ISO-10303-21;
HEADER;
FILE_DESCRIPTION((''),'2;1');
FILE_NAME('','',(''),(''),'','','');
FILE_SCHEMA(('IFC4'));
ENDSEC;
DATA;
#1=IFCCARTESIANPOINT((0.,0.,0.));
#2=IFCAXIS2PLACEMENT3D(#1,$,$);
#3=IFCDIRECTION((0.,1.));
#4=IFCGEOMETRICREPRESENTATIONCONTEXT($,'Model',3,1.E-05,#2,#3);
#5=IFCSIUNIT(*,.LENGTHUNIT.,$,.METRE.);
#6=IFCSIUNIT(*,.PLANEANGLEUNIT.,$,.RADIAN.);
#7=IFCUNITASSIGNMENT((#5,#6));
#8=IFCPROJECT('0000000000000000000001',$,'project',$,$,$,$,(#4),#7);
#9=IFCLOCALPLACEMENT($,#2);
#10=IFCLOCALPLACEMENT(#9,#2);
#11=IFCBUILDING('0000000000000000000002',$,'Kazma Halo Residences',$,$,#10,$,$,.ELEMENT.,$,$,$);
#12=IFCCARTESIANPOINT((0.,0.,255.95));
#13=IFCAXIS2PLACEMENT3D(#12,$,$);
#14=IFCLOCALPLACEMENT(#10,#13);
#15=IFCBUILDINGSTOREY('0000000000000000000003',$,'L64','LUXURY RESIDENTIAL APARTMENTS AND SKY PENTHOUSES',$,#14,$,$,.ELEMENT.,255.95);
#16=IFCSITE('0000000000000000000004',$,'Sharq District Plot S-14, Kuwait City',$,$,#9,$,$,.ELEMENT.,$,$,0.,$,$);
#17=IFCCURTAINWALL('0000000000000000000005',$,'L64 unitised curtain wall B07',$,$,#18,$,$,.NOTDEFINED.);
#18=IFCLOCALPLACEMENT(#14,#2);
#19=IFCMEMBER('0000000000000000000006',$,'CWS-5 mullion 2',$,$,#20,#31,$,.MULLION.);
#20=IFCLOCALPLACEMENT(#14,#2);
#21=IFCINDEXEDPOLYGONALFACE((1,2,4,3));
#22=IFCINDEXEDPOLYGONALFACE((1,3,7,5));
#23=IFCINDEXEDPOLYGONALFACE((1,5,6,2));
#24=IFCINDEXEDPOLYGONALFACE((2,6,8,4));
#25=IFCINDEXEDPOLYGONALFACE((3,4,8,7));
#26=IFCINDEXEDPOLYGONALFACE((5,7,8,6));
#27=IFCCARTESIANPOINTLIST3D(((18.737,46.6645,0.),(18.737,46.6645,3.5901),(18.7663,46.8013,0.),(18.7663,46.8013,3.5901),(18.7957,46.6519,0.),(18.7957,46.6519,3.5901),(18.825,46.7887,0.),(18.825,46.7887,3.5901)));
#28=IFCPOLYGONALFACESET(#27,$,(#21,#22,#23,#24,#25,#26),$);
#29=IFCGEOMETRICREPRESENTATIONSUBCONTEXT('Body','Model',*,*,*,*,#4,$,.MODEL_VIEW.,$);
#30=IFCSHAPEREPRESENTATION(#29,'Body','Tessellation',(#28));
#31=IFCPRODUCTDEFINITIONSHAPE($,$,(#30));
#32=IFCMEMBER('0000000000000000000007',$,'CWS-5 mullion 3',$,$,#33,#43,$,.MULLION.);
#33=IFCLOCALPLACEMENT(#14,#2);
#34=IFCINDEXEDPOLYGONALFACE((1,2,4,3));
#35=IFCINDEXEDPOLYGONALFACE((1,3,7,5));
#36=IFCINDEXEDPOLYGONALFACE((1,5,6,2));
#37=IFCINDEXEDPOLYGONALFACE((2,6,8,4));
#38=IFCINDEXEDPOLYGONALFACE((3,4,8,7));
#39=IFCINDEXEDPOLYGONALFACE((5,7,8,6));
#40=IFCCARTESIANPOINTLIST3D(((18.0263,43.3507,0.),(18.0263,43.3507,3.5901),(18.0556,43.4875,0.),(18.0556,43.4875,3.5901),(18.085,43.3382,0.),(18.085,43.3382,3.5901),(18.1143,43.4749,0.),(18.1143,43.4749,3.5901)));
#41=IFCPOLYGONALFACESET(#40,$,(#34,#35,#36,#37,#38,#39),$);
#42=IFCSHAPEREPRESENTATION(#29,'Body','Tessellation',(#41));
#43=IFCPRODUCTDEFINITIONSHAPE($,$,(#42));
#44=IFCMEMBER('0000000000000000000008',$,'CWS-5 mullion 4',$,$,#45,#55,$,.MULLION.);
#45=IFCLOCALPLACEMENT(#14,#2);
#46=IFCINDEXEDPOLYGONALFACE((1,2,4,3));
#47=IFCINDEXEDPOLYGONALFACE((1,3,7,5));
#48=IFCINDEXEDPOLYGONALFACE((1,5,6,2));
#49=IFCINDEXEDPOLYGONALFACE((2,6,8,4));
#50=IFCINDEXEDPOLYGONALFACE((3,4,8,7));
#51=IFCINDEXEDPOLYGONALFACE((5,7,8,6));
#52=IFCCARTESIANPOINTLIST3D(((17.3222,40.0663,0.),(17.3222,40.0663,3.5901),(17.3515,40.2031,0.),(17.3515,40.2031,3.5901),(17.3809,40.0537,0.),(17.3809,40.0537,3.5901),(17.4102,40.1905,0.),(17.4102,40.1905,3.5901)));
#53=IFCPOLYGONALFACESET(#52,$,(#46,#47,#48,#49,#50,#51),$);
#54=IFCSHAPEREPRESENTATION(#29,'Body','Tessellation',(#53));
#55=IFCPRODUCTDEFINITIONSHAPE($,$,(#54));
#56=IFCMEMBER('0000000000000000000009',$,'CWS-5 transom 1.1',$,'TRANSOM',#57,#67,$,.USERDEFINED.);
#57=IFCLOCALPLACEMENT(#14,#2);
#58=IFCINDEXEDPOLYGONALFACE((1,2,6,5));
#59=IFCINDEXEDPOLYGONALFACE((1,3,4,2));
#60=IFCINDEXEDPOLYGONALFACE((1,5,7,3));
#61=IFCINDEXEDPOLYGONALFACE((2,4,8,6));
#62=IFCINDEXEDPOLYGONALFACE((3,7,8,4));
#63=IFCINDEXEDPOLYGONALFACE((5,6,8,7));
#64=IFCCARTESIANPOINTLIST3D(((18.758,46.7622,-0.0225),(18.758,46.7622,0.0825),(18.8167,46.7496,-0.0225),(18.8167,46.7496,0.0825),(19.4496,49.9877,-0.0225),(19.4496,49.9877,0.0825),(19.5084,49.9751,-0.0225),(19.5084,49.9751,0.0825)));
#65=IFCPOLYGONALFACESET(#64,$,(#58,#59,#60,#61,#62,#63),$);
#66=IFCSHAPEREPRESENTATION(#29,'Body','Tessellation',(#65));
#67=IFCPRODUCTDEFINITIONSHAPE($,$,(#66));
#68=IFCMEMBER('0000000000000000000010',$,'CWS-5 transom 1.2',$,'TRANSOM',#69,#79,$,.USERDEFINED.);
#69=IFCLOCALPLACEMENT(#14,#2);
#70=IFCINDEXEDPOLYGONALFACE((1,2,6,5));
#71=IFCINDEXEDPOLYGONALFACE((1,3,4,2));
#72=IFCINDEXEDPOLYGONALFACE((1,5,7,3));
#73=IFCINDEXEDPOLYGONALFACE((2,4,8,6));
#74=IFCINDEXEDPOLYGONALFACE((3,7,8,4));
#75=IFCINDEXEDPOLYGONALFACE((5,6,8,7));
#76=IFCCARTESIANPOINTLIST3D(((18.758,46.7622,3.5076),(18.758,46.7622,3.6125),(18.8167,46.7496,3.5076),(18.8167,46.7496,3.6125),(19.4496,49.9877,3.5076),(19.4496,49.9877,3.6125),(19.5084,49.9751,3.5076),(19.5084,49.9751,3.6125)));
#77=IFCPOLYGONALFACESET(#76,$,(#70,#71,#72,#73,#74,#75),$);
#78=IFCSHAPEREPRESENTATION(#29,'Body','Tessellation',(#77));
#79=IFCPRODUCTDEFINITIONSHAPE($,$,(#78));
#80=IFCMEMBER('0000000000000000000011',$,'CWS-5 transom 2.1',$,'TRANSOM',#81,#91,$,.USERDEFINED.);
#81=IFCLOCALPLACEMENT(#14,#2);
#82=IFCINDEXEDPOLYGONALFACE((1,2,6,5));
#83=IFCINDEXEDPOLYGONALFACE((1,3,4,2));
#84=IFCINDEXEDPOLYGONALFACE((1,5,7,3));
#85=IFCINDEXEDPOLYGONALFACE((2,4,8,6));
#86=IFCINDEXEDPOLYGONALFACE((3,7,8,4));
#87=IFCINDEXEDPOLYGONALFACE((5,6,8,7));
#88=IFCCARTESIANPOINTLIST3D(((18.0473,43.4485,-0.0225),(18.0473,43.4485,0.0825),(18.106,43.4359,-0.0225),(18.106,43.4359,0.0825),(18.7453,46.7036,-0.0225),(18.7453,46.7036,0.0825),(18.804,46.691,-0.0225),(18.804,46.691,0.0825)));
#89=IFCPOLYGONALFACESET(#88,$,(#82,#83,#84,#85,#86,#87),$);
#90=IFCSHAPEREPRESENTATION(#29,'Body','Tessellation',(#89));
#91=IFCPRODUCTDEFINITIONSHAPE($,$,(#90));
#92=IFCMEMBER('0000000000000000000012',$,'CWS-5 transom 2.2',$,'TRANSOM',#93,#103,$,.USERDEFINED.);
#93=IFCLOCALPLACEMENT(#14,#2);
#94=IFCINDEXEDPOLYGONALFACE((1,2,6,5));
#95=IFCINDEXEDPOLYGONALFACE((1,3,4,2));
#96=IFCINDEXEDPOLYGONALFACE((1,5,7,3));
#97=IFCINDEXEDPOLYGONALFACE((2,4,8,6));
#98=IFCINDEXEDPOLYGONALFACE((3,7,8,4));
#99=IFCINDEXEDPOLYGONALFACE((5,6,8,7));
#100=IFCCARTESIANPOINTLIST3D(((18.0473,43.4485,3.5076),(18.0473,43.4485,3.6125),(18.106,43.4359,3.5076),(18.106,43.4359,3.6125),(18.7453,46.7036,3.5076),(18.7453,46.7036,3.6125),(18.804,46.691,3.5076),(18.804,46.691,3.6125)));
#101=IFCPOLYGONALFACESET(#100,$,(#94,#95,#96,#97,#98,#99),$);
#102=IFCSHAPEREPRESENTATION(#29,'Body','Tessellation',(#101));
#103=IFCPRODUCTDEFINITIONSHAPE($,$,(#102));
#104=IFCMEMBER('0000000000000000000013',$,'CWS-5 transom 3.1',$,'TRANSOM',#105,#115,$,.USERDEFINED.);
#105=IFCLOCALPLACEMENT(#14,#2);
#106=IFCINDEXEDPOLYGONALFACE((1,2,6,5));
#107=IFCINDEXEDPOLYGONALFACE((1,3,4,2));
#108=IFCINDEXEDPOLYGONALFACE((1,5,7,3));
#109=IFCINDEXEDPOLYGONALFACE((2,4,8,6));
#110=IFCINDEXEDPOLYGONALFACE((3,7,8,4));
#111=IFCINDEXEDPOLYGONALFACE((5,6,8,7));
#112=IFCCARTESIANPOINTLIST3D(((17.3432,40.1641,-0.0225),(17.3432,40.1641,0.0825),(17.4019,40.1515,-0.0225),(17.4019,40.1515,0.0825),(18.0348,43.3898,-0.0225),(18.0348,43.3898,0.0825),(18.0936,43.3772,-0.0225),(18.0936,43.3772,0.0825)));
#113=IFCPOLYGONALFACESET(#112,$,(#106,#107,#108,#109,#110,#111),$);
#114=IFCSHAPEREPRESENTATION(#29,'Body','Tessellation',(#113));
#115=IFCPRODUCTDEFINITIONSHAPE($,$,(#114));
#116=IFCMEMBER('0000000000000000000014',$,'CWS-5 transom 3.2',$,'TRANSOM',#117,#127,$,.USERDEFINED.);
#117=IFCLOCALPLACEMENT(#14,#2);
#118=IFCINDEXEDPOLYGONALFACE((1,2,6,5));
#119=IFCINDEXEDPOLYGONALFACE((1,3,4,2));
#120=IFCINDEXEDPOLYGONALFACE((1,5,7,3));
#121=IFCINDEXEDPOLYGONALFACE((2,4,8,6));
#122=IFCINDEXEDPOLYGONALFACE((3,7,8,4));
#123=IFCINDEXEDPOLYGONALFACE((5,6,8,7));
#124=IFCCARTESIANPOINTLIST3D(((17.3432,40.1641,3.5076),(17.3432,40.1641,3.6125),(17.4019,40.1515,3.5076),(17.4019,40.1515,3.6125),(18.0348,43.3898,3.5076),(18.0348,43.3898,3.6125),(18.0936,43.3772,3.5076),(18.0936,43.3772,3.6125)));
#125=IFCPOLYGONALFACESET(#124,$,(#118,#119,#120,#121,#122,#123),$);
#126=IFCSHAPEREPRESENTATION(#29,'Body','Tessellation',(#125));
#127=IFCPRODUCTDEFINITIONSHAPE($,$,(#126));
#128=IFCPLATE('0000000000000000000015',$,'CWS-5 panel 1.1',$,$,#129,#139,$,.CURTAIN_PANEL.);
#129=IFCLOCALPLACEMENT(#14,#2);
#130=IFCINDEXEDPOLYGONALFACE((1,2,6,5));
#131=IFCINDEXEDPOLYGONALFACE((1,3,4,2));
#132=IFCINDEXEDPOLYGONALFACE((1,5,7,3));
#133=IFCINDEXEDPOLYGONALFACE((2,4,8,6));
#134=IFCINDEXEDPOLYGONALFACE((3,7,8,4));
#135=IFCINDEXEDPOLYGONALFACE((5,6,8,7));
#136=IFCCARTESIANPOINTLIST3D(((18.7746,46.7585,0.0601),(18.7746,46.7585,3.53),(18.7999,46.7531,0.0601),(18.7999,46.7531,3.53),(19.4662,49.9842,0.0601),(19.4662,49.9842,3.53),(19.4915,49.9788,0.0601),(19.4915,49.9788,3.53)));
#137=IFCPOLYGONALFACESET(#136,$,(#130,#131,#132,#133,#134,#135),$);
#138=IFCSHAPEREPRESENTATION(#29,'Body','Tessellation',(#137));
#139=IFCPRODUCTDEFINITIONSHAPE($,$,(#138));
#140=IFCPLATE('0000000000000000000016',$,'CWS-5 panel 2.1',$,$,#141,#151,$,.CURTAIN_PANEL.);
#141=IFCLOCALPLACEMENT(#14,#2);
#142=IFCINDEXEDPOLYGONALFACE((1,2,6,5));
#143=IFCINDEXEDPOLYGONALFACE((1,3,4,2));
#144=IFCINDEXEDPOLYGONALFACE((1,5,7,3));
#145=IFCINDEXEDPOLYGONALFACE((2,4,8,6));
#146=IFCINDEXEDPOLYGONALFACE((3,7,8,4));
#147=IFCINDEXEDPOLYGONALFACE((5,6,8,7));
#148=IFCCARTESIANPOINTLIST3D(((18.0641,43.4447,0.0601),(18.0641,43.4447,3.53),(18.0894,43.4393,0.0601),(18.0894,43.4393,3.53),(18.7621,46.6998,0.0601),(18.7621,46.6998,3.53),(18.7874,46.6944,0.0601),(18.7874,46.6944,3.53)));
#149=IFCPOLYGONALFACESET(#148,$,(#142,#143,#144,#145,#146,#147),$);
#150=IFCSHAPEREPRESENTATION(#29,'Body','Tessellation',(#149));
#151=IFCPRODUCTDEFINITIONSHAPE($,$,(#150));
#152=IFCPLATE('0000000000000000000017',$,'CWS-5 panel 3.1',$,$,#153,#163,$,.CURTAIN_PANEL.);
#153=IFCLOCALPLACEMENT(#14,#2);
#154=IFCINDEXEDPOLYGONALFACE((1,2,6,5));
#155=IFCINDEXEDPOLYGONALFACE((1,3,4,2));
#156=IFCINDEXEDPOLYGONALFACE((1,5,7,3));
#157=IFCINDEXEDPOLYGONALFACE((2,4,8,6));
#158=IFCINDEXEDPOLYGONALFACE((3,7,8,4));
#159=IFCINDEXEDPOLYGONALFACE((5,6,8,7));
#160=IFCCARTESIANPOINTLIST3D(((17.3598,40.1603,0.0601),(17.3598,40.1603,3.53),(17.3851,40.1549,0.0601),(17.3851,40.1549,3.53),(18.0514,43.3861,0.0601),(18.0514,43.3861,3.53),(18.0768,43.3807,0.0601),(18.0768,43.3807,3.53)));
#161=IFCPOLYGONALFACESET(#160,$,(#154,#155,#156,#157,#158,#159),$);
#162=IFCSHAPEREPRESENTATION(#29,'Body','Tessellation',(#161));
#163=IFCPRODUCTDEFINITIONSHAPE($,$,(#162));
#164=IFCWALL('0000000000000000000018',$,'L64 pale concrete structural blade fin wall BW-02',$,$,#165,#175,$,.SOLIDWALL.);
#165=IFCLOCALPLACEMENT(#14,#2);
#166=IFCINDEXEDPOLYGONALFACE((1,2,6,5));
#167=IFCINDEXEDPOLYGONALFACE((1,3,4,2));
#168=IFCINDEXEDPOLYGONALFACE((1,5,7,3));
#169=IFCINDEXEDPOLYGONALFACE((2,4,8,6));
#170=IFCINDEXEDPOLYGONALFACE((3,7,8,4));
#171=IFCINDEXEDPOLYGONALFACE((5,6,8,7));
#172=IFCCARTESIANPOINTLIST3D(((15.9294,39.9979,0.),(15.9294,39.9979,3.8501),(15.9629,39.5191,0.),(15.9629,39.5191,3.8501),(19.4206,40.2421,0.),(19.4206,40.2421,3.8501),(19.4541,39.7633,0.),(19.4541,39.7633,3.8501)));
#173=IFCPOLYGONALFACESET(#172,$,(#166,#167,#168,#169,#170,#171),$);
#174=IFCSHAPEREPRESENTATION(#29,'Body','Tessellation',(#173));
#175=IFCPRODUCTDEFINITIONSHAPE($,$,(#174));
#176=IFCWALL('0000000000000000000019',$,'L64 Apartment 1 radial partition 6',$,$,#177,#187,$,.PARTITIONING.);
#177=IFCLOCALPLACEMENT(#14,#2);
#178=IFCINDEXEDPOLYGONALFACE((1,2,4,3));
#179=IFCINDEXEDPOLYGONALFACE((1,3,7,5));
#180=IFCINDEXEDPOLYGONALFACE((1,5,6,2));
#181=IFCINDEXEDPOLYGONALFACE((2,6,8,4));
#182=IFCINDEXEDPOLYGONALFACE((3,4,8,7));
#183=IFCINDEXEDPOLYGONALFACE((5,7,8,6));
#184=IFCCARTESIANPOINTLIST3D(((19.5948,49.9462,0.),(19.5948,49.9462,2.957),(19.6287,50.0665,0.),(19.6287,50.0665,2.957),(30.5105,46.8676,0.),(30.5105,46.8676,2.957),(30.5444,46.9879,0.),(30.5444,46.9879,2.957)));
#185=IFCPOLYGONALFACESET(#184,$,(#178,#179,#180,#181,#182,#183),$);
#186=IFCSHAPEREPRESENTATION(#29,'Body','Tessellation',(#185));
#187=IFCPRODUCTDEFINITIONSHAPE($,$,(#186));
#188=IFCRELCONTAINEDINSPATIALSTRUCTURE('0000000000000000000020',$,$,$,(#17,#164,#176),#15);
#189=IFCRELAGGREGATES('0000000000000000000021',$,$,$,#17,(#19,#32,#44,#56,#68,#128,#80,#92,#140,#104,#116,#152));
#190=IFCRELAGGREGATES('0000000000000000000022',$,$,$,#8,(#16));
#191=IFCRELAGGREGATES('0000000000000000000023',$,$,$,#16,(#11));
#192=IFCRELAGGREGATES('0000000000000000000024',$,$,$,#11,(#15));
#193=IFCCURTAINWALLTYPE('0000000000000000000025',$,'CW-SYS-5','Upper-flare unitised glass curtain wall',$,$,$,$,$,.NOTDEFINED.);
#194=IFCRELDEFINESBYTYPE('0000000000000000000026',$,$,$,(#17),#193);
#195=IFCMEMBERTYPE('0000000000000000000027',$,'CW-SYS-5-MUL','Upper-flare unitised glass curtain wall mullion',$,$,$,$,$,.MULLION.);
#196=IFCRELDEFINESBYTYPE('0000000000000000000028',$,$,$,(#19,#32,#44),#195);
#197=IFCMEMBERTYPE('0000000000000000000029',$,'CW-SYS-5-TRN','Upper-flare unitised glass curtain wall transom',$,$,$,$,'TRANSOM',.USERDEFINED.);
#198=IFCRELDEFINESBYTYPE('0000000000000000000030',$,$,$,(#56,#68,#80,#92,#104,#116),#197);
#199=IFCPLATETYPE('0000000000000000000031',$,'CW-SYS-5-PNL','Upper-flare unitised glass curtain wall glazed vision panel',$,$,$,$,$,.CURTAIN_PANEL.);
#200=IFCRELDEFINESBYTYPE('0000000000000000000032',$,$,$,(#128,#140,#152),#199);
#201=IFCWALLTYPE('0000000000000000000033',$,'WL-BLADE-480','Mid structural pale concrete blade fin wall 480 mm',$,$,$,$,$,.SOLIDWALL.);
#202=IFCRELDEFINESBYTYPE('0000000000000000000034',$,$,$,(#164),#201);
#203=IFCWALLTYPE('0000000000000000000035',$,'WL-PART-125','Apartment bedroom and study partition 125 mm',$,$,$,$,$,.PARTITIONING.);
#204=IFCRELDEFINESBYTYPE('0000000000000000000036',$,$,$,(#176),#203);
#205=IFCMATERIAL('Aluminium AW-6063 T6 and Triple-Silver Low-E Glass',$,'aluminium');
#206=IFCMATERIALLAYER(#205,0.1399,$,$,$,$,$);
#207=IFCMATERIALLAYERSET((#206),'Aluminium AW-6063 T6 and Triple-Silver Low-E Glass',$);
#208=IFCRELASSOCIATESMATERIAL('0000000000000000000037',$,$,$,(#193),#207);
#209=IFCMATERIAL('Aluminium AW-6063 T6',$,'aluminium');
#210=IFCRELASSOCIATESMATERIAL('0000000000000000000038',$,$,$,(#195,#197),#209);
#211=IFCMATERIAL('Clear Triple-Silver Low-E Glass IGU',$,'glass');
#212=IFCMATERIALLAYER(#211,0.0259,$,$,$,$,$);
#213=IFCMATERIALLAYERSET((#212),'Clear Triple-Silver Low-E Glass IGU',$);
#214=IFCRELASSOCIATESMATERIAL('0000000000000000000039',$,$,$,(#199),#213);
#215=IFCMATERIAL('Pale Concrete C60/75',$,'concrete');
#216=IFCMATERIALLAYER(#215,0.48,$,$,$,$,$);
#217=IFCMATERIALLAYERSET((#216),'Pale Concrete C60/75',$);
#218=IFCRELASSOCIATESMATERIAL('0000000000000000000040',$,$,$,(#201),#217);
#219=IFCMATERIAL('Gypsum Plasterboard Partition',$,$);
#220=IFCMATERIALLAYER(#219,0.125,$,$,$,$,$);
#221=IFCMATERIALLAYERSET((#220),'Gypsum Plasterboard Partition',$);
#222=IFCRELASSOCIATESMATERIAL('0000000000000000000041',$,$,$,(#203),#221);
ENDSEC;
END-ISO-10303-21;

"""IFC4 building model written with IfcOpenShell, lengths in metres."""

from ifc_helpers import new_model, si_unit, direction, frame, frame_2d, origin, origin_2d, place, context, subcontext, project, spatial, rectangle, extrude, material, layer, layer_set, material_profile, profile_set, type_object, element, aggregate, save


model = new_model("IFC4")

# Units and contexts
model_context = context("Model", 3, precision=1e-05, world=origin(), true_north=direction((0.0, 1.0)))
body_context = subcontext(model_context, "Body", "Model", "MODEL_VIEW")
ifc_project = project(units=[si_unit("LENGTHUNIT", "METRE"), si_unit("PLANEANGLEUNIT", "RADIAN")], contexts=[model_context])

# Site, building, storey
site_placement = place(None, origin())
site = spatial("IfcSite", under=ifc_project, at=site_placement, Name="Sharq District Plot S-14, Kuwait City", CompositionType="ELEMENT", RefElevation=0.0)
building_placement = place(site_placement, origin())
building = spatial("IfcBuilding", under=site, at=building_placement, Name="Kazma Halo Residences", CompositionType="ELEMENT")
storey_placement = place(building_placement, frame((0.0, 0.0, 255.95)))
storey = spatial("IfcBuildingStorey", under=building, at=storey_placement, Name="L64", Description="LUXURY RESIDENTIAL APARTMENTS AND SKY PENTHOUSES", CompositionType="ELEMENT", Elevation=255.95)

# Curtain wall, members, plates
ifc_material_1 = material(Name="Aluminium AW-6063 T6 and Triple-Silver Low-E Glass", Category="aluminium")
ifc_layer_1 = layer(ifc_material_1, 0.1399)
ifc_layer_set_1 = layer_set([ifc_layer_1], Name="Aluminium AW-6063 T6 and Triple-Silver Low-E Glass")
curtain_wall_type = type_object("IfcCurtainWallType", Name="CW-SYS-5", Description="Upper-flare unitised glass curtain wall", PredefinedType="NOTDEFINED", material=ifc_layer_set_1)
curtain_wall_placement = place(storey_placement, origin())
curtain_wall = element("IfcCurtainWall", 1, at=curtain_wall_placement, inside=storey, type_object=curtain_wall_type, Name="L64 unitised curtain wall B07", PredefinedType="NOTDEFINED")
ifc_material_2 = material(Name="Aluminium AW-6063 T6", Category="aluminium")
ifc_material_profile_1 = material_profile(ifc_material_2, rectangle(XDim=0.0601, YDim=0.1399, at=origin_2d()), Name="CWM-60x140")
ifc_profile_set_1 = profile_set([ifc_material_profile_1], Name="Aluminium AW-6063 T6")
member_type_1 = type_object("IfcMemberType", Name="CW-SYS-5-MUL", Description="Upper-flare unitised glass curtain wall mullion", PredefinedType="MULLION", material=ifc_profile_set_1)
member_1_placement = place(storey_placement, frame((18.781, 46.7266, 0.0), z_axis=(0.0, 0.0, 1.0), x_axis=(0.977775, -0.209657, 0.0)))
member_1 = element("IfcMember", 2, at=member_1_placement, type_object=member_type_1, Name="CWS-5 mullion 2", PredefinedType="MULLION", context=body_context, shape_type="SweptSolid", body=[
    extrude(rectangle(XDim=0.0601, YDim=0.1399, at=origin_2d()), origin(), (0.0, 0.0, 1.0), 3.5901),
])
member_2_placement = place(storey_placement, frame((18.0703, 43.4128, 0.0), z_axis=(0.0, 0.0, 1.0), x_axis=(0.977775, -0.209657, 0.0)))
member_2 = element("IfcMember", 3, at=member_2_placement, type_object=member_type_1, Name="CWS-5 mullion 3", PredefinedType="MULLION", context=body_context, shape_type="SweptSolid", body=[
    extrude(rectangle(XDim=0.0601, YDim=0.1399, at=origin_2d()), origin(), (0.0, 0.0, 1.0), 3.5901),
])
member_3_placement = place(storey_placement, frame((17.3662, 40.1284, 0.0), z_axis=(0.0, 0.0, 1.0), x_axis=(0.977775, -0.209657, 0.0)))
member_3 = element("IfcMember", 4, at=member_3_placement, type_object=member_type_1, Name="CWS-5 mullion 4", PredefinedType="MULLION", context=body_context, shape_type="SweptSolid", body=[
    extrude(rectangle(XDim=0.0601, YDim=0.1399, at=origin_2d()), origin(), (0.0, 0.0, 1.0), 3.5901),
])
ifc_material_profile_2 = material_profile(ifc_material_2, rectangle(XDim=0.0601, YDim=0.105, at=origin_2d()), Name="CWT-60x105")
ifc_profile_set_2 = profile_set([ifc_material_profile_2], Name="Aluminium AW-6063 T6")
member_type_2 = type_object("IfcMemberType", Name="CW-SYS-5-TRN", Description="Upper-flare unitised glass curtain wall transom", ElementType="TRANSOM", PredefinedType="USERDEFINED", material=ifc_profile_set_2)
member_4_placement = place(storey_placement, frame((19.479, 49.9814, 0.03), z_axis=(-0.20966, -0.977774, 0.0), x_axis=(0.977774, -0.20966, 0.0)))
member_4 = element("IfcMember", 5, at=member_4_placement, type_object=member_type_2, Name="CWS-5 transom 1.1", ObjectType="TRANSOM", PredefinedType="USERDEFINED", context=body_context, shape_type="SweptSolid", body=[
    extrude(rectangle(XDim=0.0601, YDim=0.105, at=origin_2d()), origin(), (0.0, 0.0, 1.0), 3.2988),
])
member_5_placement = place(storey_placement, frame((19.479, 49.9814, 3.5601), z_axis=(-0.20966, -0.977774, 0.0), x_axis=(0.977774, -0.20966, 0.0)))
member_5 = element("IfcMember", 6, at=member_5_placement, type_object=member_type_2, Name="CWS-5 transom 1.2", ObjectType="TRANSOM", PredefinedType="USERDEFINED", context=body_context, shape_type="SweptSolid", body=[
    extrude(rectangle(XDim=0.0601, YDim=0.105, at=origin_2d()), origin(), (0.0, 0.0, 1.0), 3.2988),
])
member_6_placement = place(storey_placement, frame((18.7747, 46.6973, 0.03), z_axis=(-0.209664, -0.977773, 0.0), x_axis=(0.977773, -0.209664, 0.0)))
member_6 = element("IfcMember", 7, at=member_6_placement, type_object=member_type_2, Name="CWS-5 transom 2.1", ObjectType="TRANSOM", PredefinedType="USERDEFINED", context=body_context, shape_type="SweptSolid", body=[
    extrude(rectangle(XDim=0.0601, YDim=0.105, at=origin_2d()), origin(), (0.0, 0.0, 1.0), 3.3291),
])
member_7_placement = place(storey_placement, frame((18.7747, 46.6973, 3.5601), z_axis=(-0.209664, -0.977773, 0.0), x_axis=(0.977773, -0.209664, 0.0)))
member_7 = element("IfcMember", 8, at=member_7_placement, type_object=member_type_2, Name="CWS-5 transom 2.2", ObjectType="TRANSOM", PredefinedType="USERDEFINED", context=body_context, shape_type="SweptSolid", body=[
    extrude(rectangle(XDim=0.0601, YDim=0.105, at=origin_2d()), origin(), (0.0, 0.0, 1.0), 3.3291),
])
member_8_placement = place(storey_placement, frame((18.0642, 43.3835, 0.03), z_axis=(-0.209645, -0.977777, 0.0), x_axis=(0.977777, -0.209645, 0.0)))
member_8 = element("IfcMember", 9, at=member_8_placement, type_object=member_type_2, Name="CWS-5 transom 3.1", ObjectType="TRANSOM", PredefinedType="USERDEFINED", context=body_context, shape_type="SweptSolid", body=[
    extrude(rectangle(XDim=0.0601, YDim=0.105, at=origin_2d()), origin(), (0.0, 0.0, 1.0), 3.2991),
])
member_9_placement = place(storey_placement, frame((18.0642, 43.3835, 3.5601), z_axis=(-0.209645, -0.977777, 0.0), x_axis=(0.977777, -0.209645, 0.0)))
member_9 = element("IfcMember", 10, at=member_9_placement, type_object=member_type_2, Name="CWS-5 transom 3.2", ObjectType="TRANSOM", PredefinedType="USERDEFINED", context=body_context, shape_type="SweptSolid", body=[
    extrude(rectangle(XDim=0.0601, YDim=0.105, at=origin_2d()), origin(), (0.0, 0.0, 1.0), 3.2991),
])
ifc_material_3 = material(Name="Clear Triple-Silver Low-E Glass IGU", Category="glass")
ifc_layer_2 = layer(ifc_material_3, 0.0259)
ifc_layer_set_2 = layer_set([ifc_layer_2], Name="Clear Triple-Silver Low-E Glass IGU")
plate_type = type_object("IfcPlateType", Name="CW-SYS-5-PNL", Description="Upper-flare unitised glass curtain wall glazed vision panel", PredefinedType="CURTAIN_PANEL", material=ifc_layer_set_2)
plate_1_placement = place(storey_placement, frame((19.1331, 48.3687, 0.0601), z_axis=(0.0, 0.0, 1.0), x_axis=(-0.209657, -0.977775, 0.0)))
plate_1 = element("IfcPlate", 11, at=plate_1_placement, type_object=plate_type, Name="CWS-5 panel 1.1", PredefinedType="CURTAIN_PANEL", context=body_context, shape_type="SweptSolid", body=[
    extrude(rectangle(XDim=3.2991, YDim=0.0259, at=origin_2d()), origin(), (0.0, 0.0, 1.0), 3.47),
])
plate_2_placement = place(storey_placement, frame((18.4258, 45.0696, 0.0601), z_axis=(0.0, 0.0, 1.0), x_axis=(-0.209657, -0.977775, 0.0)))
plate_2 = element("IfcPlate", 12, at=plate_2_placement, type_object=plate_type, Name="CWS-5 panel 2.1", PredefinedType="CURTAIN_PANEL", context=body_context, shape_type="SweptSolid", body=[
    extrude(rectangle(XDim=3.3291, YDim=0.0259, at=origin_2d()), origin(), (0.0, 0.0, 1.0), 3.47),
])
plate_3_placement = place(storey_placement, frame((17.7183, 41.7705, 0.0601), z_axis=(0.0, 0.0, 1.0), x_axis=(-0.209657, -0.977775, 0.0)))
plate_3 = element("IfcPlate", 13, at=plate_3_placement, type_object=plate_type, Name="CWS-5 panel 3.1", PredefinedType="CURTAIN_PANEL", context=body_context, shape_type="SweptSolid", body=[
    extrude(rectangle(XDim=3.2991, YDim=0.0259, at=origin_2d()), origin(), (0.0, 0.0, 1.0), 3.47),
])
aggregate(curtain_wall, [member_1, member_2, member_3, member_4, member_5, plate_1, member_6, member_7, plate_2, member_8, member_9, plate_3])

# Walls
ifc_material_4 = material(Name="Pale Concrete C60/75", Category="concrete")
ifc_layer_3 = layer(ifc_material_4, 0.48)
ifc_layer_set_3 = layer_set([ifc_layer_3], Name="Pale Concrete C60/75")
wall_type_1 = type_object("IfcWallType", Name="WL-BLADE-480", Description="Mid structural pale concrete blade fin wall 480 mm", PredefinedType="SOLIDWALL", material=ifc_layer_set_3)
wall_1_placement = place(storey_placement, frame((19.4375, 40.0027, 0.0), z_axis=(0.0, 0.0, 1.0), x_axis=(-0.997564, -0.06976, 0.0)))
element("IfcWall", 14, at=wall_1_placement, inside=storey, type_object=wall_type_1, Name="L64 pale concrete structural blade fin wall BW-02", PredefinedType="SOLIDWALL", context=body_context, shape_type="SweptSolid", body=[
    extrude(rectangle(XDim=3.4998, YDim=0.48, at=frame_2d((1.75, 0.0))), origin(), (0.0, 0.0, 1.0), 3.8501),
])
ifc_material_5 = material(Name="Gypsum Plasterboard Partition")
ifc_layer_4 = layer(ifc_material_5, 0.125)
ifc_layer_set_4 = layer_set([ifc_layer_4], Name="Gypsum Plasterboard Partition")
wall_type_2 = type_object("IfcWallType", Name="WL-PART-125", Description="Apartment bedroom and study partition 125 mm", PredefinedType="PARTITIONING", material=ifc_layer_set_4)
wall_2_placement = place(storey_placement, frame((30.5276, 46.9277, 0.0), z_axis=(0.0, 0.0, 1.0), x_axis=(-0.962454, 0.271444, 0.0)))
element("IfcWall", 15, at=wall_2_placement, inside=storey, type_object=wall_type_2, Name="L64 Apartment 1 radial partition 6", PredefinedType="PARTITIONING", context=body_context, shape_type="SweptSolid", body=[
    extrude(rectangle(XDim=11.3416, YDim=0.125, at=frame_2d((5.6709, 0.0))), origin(), (0.0, 0.0, 1.0), 2.957),
])

save(model, "model.ifc")
